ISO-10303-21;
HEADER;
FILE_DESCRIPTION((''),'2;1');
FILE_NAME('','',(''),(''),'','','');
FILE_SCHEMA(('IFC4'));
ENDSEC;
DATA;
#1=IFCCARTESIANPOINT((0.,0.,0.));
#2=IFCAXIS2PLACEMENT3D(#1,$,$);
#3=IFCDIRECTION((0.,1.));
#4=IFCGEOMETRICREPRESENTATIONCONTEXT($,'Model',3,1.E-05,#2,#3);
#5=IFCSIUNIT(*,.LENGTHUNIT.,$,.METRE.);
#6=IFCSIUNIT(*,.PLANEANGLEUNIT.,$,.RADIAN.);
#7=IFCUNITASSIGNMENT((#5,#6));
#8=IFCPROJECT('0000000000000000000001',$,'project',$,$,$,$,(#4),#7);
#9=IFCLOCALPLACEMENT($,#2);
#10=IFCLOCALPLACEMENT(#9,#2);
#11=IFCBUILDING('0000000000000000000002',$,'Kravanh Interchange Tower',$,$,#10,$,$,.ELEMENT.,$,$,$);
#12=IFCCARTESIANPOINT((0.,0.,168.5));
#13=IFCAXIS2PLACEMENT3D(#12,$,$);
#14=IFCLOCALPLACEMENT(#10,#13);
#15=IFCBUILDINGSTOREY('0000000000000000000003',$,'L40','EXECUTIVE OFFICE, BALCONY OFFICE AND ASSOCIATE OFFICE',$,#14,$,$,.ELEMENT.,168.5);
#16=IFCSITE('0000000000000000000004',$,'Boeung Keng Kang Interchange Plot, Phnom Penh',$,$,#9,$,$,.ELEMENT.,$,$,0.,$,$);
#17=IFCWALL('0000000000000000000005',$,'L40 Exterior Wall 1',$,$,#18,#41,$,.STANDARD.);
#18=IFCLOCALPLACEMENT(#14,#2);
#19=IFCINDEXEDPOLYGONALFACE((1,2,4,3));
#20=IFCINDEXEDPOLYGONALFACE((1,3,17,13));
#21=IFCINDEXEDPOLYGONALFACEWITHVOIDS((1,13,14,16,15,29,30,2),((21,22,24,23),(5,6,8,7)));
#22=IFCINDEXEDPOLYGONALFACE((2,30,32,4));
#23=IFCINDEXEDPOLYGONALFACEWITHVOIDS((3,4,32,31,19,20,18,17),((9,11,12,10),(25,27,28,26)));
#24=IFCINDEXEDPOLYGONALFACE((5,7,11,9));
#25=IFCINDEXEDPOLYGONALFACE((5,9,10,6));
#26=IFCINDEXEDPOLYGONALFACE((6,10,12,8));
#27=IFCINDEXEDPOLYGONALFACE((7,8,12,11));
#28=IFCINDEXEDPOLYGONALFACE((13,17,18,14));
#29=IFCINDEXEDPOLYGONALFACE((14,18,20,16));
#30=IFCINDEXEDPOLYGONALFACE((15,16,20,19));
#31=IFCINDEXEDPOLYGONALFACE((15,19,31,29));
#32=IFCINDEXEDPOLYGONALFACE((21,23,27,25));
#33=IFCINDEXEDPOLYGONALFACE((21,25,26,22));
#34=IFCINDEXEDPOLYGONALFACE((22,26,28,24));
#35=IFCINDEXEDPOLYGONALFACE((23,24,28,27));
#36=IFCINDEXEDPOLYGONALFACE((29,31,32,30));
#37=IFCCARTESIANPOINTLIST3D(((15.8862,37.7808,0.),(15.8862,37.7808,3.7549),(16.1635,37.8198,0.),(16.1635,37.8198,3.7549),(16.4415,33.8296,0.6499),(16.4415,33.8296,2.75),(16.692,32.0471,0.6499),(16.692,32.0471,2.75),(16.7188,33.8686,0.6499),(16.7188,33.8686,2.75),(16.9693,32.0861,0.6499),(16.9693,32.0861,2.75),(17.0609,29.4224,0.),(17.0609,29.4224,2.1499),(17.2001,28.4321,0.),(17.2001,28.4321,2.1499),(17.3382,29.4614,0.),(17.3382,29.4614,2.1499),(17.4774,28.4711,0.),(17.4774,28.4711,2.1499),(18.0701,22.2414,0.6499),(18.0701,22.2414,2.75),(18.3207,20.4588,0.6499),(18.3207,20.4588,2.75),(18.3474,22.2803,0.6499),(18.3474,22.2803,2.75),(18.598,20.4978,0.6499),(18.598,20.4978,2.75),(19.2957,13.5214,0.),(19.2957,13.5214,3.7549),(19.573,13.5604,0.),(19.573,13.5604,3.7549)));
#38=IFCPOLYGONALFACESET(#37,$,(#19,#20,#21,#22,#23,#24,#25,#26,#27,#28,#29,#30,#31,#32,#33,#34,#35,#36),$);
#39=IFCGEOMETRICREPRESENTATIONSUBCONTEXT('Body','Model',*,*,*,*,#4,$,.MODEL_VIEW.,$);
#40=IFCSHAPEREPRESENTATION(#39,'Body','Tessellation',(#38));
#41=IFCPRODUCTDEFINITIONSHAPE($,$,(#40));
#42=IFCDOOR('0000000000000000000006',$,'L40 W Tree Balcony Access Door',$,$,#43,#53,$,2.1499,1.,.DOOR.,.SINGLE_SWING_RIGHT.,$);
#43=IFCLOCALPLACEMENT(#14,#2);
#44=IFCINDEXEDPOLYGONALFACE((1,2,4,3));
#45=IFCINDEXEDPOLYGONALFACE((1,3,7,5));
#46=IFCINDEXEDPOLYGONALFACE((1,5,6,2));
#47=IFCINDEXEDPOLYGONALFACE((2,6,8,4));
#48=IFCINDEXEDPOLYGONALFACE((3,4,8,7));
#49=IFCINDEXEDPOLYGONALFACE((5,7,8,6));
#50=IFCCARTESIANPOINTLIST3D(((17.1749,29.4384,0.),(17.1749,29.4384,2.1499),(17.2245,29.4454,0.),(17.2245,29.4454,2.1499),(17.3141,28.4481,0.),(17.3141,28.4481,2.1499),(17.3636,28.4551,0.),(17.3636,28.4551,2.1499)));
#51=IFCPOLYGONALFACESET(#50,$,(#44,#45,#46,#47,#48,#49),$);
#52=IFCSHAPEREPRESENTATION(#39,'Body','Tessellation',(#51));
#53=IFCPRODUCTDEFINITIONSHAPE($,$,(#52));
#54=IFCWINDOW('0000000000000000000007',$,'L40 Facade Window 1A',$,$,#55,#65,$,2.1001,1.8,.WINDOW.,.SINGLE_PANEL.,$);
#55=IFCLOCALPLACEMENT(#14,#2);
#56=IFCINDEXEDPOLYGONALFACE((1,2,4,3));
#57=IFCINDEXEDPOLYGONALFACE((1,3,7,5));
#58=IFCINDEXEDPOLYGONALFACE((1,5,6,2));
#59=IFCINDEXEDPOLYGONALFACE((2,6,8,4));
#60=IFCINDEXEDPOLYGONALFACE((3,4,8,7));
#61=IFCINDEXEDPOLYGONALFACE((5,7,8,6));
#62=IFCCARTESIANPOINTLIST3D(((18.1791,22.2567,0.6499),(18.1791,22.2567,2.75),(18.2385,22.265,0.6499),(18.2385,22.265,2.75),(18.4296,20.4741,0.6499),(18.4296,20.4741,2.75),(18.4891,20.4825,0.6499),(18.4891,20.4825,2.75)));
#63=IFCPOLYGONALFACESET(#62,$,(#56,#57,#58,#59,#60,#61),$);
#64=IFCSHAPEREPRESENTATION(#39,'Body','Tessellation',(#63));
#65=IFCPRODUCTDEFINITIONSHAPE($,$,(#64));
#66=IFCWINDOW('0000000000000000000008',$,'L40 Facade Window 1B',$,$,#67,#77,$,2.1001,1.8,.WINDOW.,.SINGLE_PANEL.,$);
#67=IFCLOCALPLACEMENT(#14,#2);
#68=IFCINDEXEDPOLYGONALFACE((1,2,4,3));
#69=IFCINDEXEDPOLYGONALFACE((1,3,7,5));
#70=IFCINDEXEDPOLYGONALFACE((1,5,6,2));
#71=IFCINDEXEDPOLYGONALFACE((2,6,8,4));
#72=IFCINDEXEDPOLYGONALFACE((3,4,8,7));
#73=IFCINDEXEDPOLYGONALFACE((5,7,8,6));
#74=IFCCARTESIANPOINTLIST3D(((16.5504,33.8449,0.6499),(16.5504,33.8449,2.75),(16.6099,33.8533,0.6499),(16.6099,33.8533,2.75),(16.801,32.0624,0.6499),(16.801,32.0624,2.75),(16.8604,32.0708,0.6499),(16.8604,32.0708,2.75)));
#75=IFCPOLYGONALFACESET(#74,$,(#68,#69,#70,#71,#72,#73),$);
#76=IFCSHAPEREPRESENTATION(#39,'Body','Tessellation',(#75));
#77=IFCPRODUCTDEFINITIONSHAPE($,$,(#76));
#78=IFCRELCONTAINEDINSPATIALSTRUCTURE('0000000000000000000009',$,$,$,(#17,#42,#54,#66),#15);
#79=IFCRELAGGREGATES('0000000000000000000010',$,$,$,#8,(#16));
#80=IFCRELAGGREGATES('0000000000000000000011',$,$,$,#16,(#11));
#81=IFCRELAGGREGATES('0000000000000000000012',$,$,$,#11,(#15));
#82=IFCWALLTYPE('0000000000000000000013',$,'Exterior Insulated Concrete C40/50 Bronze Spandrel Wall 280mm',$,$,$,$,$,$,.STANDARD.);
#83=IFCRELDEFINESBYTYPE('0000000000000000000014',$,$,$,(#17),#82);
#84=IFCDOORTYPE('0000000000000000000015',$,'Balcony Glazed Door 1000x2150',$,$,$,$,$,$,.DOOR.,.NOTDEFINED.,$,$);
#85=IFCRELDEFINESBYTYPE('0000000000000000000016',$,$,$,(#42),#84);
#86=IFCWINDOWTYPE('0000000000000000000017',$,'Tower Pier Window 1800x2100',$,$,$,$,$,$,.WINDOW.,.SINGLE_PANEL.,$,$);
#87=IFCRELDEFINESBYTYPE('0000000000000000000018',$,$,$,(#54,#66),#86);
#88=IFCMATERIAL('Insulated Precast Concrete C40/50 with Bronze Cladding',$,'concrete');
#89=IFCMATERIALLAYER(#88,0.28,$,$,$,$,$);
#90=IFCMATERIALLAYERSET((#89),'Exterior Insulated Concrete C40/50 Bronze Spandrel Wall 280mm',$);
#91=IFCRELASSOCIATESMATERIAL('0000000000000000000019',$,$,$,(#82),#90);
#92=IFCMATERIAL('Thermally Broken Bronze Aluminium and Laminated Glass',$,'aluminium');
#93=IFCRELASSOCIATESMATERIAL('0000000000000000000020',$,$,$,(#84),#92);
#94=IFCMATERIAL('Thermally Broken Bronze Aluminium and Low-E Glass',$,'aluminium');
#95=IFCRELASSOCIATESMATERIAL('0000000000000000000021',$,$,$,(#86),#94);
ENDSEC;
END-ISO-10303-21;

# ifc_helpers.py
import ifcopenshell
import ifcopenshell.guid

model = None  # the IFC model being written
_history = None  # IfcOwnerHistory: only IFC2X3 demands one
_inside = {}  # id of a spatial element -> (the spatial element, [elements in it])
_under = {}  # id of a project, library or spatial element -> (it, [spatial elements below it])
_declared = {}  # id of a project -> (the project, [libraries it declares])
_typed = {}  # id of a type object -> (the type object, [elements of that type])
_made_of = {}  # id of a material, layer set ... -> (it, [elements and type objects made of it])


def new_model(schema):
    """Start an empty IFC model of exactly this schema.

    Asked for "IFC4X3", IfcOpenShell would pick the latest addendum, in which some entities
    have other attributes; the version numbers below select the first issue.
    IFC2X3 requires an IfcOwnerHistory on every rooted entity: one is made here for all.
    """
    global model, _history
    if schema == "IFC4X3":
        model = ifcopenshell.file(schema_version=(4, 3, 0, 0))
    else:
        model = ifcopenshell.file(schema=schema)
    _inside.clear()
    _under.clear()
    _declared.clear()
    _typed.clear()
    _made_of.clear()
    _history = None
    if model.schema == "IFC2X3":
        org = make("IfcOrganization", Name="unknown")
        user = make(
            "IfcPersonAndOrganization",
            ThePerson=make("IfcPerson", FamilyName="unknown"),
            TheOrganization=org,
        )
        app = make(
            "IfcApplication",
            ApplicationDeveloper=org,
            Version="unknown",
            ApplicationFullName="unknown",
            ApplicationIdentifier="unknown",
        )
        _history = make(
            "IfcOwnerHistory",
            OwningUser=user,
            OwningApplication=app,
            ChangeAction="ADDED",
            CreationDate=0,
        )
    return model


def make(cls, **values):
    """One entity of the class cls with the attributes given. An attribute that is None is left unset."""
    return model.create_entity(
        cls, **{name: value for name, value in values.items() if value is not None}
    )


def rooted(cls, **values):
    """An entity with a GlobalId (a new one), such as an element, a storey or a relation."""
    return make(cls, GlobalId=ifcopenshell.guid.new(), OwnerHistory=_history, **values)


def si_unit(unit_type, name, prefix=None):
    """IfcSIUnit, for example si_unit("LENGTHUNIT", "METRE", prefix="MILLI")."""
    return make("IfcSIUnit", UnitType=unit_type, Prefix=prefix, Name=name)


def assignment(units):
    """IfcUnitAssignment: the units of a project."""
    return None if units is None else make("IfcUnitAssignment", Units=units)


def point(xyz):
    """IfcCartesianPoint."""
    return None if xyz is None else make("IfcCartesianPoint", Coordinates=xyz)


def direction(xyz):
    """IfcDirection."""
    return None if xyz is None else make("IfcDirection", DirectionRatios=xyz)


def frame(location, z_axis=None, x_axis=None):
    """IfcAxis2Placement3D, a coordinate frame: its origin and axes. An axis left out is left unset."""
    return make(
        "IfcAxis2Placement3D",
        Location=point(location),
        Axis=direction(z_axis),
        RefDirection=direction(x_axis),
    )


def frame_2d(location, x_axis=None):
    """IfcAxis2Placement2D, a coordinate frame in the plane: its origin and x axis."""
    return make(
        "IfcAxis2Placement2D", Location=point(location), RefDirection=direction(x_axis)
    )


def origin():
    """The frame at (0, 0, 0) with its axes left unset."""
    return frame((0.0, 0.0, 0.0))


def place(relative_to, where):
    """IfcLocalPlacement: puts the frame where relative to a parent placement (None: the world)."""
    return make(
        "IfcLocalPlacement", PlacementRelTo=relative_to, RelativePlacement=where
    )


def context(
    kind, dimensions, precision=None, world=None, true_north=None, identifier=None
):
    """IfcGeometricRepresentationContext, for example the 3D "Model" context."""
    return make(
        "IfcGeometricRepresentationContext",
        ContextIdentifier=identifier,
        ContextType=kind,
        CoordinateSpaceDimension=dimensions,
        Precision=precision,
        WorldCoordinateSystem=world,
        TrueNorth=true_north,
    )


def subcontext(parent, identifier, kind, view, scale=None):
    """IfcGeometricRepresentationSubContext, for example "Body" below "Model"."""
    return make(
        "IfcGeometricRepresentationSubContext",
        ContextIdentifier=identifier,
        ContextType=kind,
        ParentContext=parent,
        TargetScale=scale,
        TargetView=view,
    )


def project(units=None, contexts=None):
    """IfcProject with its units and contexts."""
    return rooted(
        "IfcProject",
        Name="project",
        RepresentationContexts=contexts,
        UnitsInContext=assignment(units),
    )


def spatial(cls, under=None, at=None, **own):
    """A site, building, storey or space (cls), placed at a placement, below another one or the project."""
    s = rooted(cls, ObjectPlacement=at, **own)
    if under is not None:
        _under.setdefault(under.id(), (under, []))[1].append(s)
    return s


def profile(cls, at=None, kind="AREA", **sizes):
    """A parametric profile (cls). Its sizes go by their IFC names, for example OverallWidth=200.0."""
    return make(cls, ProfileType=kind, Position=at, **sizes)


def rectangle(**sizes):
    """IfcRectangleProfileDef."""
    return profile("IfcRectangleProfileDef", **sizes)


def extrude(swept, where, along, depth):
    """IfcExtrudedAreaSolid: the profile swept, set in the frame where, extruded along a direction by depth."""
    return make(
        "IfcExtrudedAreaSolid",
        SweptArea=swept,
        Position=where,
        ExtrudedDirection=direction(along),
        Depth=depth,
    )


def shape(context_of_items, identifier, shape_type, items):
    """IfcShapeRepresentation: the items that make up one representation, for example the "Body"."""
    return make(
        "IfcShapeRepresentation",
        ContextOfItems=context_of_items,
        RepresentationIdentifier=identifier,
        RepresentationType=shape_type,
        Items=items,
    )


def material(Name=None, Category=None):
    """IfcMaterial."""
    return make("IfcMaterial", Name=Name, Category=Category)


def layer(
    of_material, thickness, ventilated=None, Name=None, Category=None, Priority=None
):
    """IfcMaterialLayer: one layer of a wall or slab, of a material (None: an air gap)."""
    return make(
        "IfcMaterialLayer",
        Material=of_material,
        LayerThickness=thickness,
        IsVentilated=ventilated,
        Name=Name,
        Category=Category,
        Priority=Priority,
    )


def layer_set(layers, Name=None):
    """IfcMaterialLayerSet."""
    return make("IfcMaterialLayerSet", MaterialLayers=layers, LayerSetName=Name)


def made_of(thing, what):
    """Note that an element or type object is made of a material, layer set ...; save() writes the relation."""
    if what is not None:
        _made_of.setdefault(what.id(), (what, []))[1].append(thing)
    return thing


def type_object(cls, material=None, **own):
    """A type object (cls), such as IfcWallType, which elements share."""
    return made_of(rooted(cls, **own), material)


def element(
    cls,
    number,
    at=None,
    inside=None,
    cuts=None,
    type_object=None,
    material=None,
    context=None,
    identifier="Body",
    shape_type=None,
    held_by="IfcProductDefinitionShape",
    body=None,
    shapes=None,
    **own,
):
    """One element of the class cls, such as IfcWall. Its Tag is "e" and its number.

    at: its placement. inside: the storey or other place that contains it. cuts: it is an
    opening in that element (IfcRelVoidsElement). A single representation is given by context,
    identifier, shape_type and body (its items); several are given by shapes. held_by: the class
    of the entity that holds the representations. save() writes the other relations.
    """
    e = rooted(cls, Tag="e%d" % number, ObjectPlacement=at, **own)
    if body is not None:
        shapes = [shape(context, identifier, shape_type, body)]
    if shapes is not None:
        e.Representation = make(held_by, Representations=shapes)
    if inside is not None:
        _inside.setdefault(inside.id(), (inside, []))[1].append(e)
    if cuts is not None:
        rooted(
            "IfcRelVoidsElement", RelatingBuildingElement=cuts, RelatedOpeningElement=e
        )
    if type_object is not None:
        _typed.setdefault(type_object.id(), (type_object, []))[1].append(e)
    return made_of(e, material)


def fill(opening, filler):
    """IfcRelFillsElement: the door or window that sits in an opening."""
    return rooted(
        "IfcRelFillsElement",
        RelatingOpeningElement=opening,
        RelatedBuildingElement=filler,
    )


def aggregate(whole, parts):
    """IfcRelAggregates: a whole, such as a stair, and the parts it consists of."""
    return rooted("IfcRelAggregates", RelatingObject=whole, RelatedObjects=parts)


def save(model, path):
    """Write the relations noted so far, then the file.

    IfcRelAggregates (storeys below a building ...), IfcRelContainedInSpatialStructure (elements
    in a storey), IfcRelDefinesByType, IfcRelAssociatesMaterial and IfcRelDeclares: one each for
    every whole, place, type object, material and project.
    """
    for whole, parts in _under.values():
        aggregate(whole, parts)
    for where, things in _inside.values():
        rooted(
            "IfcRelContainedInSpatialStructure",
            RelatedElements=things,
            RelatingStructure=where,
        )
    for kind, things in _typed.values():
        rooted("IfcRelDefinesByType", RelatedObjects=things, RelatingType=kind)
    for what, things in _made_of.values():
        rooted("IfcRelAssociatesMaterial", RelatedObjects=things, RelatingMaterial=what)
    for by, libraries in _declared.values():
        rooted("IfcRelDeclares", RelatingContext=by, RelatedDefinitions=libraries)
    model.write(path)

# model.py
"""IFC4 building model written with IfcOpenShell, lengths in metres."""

from ifc_helpers import new_model, si_unit, direction, frame, frame_2d, origin, place, context, subcontext, project, spatial, rectangle, extrude, material, layer, layer_set, type_object, element, fill, save


model = new_model("IFC4")

# Units and contexts
model_context = context("Model", 3, precision=1e-05, world=origin(), true_north=direction((0.0, 1.0)))
body_context = subcontext(model_context, "Body", "Model", "MODEL_VIEW")
ifc_project = project(units=[si_unit("LENGTHUNIT", "METRE"), si_unit("PLANEANGLEUNIT", "RADIAN")], contexts=[model_context])

# Site, building, storey
site_placement = place(None, origin())
site = spatial("IfcSite", under=ifc_project, at=site_placement, Name="Boeung Keng Kang Interchange Plot, Phnom Penh", CompositionType="ELEMENT", RefElevation=0.0)
building_placement = place(site_placement, origin())
building = spatial("IfcBuilding", under=site, at=building_placement, Name="Kravanh Interchange Tower", CompositionType="ELEMENT")
storey_placement = place(building_placement, frame((0.0, 0.0, 168.5)))
storey = spatial("IfcBuildingStorey", under=building, at=storey_placement, Name="L40", Description="EXECUTIVE OFFICE, BALCONY OFFICE AND ASSOCIATE OFFICE", CompositionType="ELEMENT", Elevation=168.5)

# Wall, openings, door, windows
ifc_material_1 = material(Name="Insulated Precast Concrete C40/50 with Bronze Cladding", Category="concrete")
ifc_layer_1 = layer(ifc_material_1, 0.28)
ifc_layer_set_1 = layer_set([ifc_layer_1], Name="Exterior Insulated Concrete C40/50 Bronze Spandrel Wall 280mm")
wall_type = type_object("IfcWallType", Name="Exterior Insulated Concrete C40/50 Bronze Spandrel Wall 280mm", PredefinedType="STANDARD", material=ifc_layer_set_1)
wall_placement = place(storey_placement, frame((19.4343, 13.5408, 0.0), z_axis=(0.0, 0.0, 1.0), x_axis=(-0.139173, 0.990268, 0.0)))
wall = element("IfcWall", 1, at=wall_placement, inside=storey, type_object=wall_type, Name="L40 Exterior Wall 1", PredefinedType="STANDARD", context=body_context, shape_type="SweptSolid", body=[
    extrude(rectangle(XDim=24.4978, YDim=0.28, at=frame_2d((12.249, 0.0))), origin(), (0.0, 0.0, 1.0), 3.7549),
])
opening_1_placement = place(wall_placement, frame((15.0574, 0.0, 0.0)))
opening_1 = element("IfcOpeningElement", 2, at=opening_1_placement, cuts=wall, PredefinedType="OPENING", context=body_context, shape_type="SweptSolid", body=[
    extrude(rectangle(XDim=1.0, YDim=2.1499, at=frame_2d((0.5, 1.075))), frame((0.0, 0.1499, 0.0), z_axis=(0.0, -1.0, 0.0), x_axis=(1.0, 0.0, 0.0)), (0.0, 0.0, 1.0), 0.3),
])
opening_2_placement = place(wall_placement, frame((7.0059, 0.0, 0.6499)))
opening_2 = element("IfcOpeningElement", 3, at=opening_2_placement, cuts=wall, PredefinedType="OPENING", context=body_context, shape_type="SweptSolid", body=[
    extrude(rectangle(XDim=1.8, YDim=2.1001, at=frame_2d((0.8999, 1.05))), frame((0.0, 0.1499, 0.0), z_axis=(0.0, -1.0, 0.0), x_axis=(1.0, 0.0, 0.0)), (0.0, 0.0, 1.0), 0.3),
])
opening_3_placement = place(wall_placement, frame((18.708, 0.0, 0.6499)))
opening_3 = element("IfcOpeningElement", 4, at=opening_3_placement, cuts=wall, PredefinedType="OPENING", context=body_context, shape_type="SweptSolid", body=[
    extrude(rectangle(XDim=1.8, YDim=2.1001, at=frame_2d((0.8999, 1.05))), frame((0.0, 0.1499, 0.0), z_axis=(0.0, -1.0, 0.0), x_axis=(1.0, 0.0, 0.0)), (0.0, 0.0, 1.0), 0.3),
])
ifc_material_2 = material(Name="Thermally Broken Bronze Aluminium and Laminated Glass", Category="aluminium")
door_type = type_object("IfcDoorType", Name="Balcony Glazed Door 1000x2150", OperationType="NOTDEFINED", PredefinedType="DOOR", material=ifc_material_2)
door_placement = place(opening_1_placement, origin())
door = element("IfcDoor", 5, at=door_placement, inside=storey, type_object=door_type, Name="L40 W Tree Balcony Access Door", OperationType="SINGLE_SWING_RIGHT", OverallHeight=2.1499, OverallWidth=1.0, PredefinedType="DOOR", context=body_context, shape_type="SweptSolid", body=[
    extrude(rectangle(XDim=1.0, YDim=2.1499, at=frame_2d((0.5, 1.075))), frame((0.0, 0.0249, 0.0), z_axis=(0.0, -1.0, 0.0), x_axis=(1.0, 0.0, 0.0)), (0.0, 0.0, 1.0), 0.05),
])
fill(opening_1, door)
ifc_material_3 = material(Name="Thermally Broken Bronze Aluminium and Low-E Glass", Category="aluminium")
window_type = type_object("IfcWindowType", Name="Tower Pier Window 1800x2100", PartitioningType="SINGLE_PANEL", PredefinedType="WINDOW", material=ifc_material_3)
window_1_placement = place(opening_2_placement, origin())
window_1 = element("IfcWindow", 6, at=window_1_placement, inside=storey, type_object=window_type, Name="L40 Facade Window 1A", OverallHeight=2.1001, OverallWidth=1.8, PartitioningType="SINGLE_PANEL", PredefinedType="WINDOW", context=body_context, shape_type="SweptSolid", body=[
    extrude(rectangle(XDim=1.8, YDim=2.1001, at=frame_2d((0.8999, 1.05))), frame((0.0, 0.03, 0.0), z_axis=(0.0, -1.0, 0.0), x_axis=(1.0, 0.0, 0.0)), (0.0, 0.0, 1.0), 0.0601),
])
fill(opening_2, window_1)
window_2_placement = place(opening_3_placement, origin())
window_2 = element("IfcWindow", 7, at=window_2_placement, inside=storey, type_object=window_type, Name="L40 Facade Window 1B", OverallHeight=2.1001, OverallWidth=1.8, PartitioningType="SINGLE_PANEL", PredefinedType="WINDOW", context=body_context, shape_type="SweptSolid", body=[
    extrude(rectangle(XDim=1.8, YDim=2.1001, at=frame_2d((0.8999, 1.05))), frame((0.0, 0.03, 0.0), z_axis=(0.0, -1.0, 0.0), x_axis=(1.0, 0.0, 0.0)), (0.0, 0.0, 1.0), 0.0601),
])
fill(opening_3, window_2)

save(model, "model.ifc")
